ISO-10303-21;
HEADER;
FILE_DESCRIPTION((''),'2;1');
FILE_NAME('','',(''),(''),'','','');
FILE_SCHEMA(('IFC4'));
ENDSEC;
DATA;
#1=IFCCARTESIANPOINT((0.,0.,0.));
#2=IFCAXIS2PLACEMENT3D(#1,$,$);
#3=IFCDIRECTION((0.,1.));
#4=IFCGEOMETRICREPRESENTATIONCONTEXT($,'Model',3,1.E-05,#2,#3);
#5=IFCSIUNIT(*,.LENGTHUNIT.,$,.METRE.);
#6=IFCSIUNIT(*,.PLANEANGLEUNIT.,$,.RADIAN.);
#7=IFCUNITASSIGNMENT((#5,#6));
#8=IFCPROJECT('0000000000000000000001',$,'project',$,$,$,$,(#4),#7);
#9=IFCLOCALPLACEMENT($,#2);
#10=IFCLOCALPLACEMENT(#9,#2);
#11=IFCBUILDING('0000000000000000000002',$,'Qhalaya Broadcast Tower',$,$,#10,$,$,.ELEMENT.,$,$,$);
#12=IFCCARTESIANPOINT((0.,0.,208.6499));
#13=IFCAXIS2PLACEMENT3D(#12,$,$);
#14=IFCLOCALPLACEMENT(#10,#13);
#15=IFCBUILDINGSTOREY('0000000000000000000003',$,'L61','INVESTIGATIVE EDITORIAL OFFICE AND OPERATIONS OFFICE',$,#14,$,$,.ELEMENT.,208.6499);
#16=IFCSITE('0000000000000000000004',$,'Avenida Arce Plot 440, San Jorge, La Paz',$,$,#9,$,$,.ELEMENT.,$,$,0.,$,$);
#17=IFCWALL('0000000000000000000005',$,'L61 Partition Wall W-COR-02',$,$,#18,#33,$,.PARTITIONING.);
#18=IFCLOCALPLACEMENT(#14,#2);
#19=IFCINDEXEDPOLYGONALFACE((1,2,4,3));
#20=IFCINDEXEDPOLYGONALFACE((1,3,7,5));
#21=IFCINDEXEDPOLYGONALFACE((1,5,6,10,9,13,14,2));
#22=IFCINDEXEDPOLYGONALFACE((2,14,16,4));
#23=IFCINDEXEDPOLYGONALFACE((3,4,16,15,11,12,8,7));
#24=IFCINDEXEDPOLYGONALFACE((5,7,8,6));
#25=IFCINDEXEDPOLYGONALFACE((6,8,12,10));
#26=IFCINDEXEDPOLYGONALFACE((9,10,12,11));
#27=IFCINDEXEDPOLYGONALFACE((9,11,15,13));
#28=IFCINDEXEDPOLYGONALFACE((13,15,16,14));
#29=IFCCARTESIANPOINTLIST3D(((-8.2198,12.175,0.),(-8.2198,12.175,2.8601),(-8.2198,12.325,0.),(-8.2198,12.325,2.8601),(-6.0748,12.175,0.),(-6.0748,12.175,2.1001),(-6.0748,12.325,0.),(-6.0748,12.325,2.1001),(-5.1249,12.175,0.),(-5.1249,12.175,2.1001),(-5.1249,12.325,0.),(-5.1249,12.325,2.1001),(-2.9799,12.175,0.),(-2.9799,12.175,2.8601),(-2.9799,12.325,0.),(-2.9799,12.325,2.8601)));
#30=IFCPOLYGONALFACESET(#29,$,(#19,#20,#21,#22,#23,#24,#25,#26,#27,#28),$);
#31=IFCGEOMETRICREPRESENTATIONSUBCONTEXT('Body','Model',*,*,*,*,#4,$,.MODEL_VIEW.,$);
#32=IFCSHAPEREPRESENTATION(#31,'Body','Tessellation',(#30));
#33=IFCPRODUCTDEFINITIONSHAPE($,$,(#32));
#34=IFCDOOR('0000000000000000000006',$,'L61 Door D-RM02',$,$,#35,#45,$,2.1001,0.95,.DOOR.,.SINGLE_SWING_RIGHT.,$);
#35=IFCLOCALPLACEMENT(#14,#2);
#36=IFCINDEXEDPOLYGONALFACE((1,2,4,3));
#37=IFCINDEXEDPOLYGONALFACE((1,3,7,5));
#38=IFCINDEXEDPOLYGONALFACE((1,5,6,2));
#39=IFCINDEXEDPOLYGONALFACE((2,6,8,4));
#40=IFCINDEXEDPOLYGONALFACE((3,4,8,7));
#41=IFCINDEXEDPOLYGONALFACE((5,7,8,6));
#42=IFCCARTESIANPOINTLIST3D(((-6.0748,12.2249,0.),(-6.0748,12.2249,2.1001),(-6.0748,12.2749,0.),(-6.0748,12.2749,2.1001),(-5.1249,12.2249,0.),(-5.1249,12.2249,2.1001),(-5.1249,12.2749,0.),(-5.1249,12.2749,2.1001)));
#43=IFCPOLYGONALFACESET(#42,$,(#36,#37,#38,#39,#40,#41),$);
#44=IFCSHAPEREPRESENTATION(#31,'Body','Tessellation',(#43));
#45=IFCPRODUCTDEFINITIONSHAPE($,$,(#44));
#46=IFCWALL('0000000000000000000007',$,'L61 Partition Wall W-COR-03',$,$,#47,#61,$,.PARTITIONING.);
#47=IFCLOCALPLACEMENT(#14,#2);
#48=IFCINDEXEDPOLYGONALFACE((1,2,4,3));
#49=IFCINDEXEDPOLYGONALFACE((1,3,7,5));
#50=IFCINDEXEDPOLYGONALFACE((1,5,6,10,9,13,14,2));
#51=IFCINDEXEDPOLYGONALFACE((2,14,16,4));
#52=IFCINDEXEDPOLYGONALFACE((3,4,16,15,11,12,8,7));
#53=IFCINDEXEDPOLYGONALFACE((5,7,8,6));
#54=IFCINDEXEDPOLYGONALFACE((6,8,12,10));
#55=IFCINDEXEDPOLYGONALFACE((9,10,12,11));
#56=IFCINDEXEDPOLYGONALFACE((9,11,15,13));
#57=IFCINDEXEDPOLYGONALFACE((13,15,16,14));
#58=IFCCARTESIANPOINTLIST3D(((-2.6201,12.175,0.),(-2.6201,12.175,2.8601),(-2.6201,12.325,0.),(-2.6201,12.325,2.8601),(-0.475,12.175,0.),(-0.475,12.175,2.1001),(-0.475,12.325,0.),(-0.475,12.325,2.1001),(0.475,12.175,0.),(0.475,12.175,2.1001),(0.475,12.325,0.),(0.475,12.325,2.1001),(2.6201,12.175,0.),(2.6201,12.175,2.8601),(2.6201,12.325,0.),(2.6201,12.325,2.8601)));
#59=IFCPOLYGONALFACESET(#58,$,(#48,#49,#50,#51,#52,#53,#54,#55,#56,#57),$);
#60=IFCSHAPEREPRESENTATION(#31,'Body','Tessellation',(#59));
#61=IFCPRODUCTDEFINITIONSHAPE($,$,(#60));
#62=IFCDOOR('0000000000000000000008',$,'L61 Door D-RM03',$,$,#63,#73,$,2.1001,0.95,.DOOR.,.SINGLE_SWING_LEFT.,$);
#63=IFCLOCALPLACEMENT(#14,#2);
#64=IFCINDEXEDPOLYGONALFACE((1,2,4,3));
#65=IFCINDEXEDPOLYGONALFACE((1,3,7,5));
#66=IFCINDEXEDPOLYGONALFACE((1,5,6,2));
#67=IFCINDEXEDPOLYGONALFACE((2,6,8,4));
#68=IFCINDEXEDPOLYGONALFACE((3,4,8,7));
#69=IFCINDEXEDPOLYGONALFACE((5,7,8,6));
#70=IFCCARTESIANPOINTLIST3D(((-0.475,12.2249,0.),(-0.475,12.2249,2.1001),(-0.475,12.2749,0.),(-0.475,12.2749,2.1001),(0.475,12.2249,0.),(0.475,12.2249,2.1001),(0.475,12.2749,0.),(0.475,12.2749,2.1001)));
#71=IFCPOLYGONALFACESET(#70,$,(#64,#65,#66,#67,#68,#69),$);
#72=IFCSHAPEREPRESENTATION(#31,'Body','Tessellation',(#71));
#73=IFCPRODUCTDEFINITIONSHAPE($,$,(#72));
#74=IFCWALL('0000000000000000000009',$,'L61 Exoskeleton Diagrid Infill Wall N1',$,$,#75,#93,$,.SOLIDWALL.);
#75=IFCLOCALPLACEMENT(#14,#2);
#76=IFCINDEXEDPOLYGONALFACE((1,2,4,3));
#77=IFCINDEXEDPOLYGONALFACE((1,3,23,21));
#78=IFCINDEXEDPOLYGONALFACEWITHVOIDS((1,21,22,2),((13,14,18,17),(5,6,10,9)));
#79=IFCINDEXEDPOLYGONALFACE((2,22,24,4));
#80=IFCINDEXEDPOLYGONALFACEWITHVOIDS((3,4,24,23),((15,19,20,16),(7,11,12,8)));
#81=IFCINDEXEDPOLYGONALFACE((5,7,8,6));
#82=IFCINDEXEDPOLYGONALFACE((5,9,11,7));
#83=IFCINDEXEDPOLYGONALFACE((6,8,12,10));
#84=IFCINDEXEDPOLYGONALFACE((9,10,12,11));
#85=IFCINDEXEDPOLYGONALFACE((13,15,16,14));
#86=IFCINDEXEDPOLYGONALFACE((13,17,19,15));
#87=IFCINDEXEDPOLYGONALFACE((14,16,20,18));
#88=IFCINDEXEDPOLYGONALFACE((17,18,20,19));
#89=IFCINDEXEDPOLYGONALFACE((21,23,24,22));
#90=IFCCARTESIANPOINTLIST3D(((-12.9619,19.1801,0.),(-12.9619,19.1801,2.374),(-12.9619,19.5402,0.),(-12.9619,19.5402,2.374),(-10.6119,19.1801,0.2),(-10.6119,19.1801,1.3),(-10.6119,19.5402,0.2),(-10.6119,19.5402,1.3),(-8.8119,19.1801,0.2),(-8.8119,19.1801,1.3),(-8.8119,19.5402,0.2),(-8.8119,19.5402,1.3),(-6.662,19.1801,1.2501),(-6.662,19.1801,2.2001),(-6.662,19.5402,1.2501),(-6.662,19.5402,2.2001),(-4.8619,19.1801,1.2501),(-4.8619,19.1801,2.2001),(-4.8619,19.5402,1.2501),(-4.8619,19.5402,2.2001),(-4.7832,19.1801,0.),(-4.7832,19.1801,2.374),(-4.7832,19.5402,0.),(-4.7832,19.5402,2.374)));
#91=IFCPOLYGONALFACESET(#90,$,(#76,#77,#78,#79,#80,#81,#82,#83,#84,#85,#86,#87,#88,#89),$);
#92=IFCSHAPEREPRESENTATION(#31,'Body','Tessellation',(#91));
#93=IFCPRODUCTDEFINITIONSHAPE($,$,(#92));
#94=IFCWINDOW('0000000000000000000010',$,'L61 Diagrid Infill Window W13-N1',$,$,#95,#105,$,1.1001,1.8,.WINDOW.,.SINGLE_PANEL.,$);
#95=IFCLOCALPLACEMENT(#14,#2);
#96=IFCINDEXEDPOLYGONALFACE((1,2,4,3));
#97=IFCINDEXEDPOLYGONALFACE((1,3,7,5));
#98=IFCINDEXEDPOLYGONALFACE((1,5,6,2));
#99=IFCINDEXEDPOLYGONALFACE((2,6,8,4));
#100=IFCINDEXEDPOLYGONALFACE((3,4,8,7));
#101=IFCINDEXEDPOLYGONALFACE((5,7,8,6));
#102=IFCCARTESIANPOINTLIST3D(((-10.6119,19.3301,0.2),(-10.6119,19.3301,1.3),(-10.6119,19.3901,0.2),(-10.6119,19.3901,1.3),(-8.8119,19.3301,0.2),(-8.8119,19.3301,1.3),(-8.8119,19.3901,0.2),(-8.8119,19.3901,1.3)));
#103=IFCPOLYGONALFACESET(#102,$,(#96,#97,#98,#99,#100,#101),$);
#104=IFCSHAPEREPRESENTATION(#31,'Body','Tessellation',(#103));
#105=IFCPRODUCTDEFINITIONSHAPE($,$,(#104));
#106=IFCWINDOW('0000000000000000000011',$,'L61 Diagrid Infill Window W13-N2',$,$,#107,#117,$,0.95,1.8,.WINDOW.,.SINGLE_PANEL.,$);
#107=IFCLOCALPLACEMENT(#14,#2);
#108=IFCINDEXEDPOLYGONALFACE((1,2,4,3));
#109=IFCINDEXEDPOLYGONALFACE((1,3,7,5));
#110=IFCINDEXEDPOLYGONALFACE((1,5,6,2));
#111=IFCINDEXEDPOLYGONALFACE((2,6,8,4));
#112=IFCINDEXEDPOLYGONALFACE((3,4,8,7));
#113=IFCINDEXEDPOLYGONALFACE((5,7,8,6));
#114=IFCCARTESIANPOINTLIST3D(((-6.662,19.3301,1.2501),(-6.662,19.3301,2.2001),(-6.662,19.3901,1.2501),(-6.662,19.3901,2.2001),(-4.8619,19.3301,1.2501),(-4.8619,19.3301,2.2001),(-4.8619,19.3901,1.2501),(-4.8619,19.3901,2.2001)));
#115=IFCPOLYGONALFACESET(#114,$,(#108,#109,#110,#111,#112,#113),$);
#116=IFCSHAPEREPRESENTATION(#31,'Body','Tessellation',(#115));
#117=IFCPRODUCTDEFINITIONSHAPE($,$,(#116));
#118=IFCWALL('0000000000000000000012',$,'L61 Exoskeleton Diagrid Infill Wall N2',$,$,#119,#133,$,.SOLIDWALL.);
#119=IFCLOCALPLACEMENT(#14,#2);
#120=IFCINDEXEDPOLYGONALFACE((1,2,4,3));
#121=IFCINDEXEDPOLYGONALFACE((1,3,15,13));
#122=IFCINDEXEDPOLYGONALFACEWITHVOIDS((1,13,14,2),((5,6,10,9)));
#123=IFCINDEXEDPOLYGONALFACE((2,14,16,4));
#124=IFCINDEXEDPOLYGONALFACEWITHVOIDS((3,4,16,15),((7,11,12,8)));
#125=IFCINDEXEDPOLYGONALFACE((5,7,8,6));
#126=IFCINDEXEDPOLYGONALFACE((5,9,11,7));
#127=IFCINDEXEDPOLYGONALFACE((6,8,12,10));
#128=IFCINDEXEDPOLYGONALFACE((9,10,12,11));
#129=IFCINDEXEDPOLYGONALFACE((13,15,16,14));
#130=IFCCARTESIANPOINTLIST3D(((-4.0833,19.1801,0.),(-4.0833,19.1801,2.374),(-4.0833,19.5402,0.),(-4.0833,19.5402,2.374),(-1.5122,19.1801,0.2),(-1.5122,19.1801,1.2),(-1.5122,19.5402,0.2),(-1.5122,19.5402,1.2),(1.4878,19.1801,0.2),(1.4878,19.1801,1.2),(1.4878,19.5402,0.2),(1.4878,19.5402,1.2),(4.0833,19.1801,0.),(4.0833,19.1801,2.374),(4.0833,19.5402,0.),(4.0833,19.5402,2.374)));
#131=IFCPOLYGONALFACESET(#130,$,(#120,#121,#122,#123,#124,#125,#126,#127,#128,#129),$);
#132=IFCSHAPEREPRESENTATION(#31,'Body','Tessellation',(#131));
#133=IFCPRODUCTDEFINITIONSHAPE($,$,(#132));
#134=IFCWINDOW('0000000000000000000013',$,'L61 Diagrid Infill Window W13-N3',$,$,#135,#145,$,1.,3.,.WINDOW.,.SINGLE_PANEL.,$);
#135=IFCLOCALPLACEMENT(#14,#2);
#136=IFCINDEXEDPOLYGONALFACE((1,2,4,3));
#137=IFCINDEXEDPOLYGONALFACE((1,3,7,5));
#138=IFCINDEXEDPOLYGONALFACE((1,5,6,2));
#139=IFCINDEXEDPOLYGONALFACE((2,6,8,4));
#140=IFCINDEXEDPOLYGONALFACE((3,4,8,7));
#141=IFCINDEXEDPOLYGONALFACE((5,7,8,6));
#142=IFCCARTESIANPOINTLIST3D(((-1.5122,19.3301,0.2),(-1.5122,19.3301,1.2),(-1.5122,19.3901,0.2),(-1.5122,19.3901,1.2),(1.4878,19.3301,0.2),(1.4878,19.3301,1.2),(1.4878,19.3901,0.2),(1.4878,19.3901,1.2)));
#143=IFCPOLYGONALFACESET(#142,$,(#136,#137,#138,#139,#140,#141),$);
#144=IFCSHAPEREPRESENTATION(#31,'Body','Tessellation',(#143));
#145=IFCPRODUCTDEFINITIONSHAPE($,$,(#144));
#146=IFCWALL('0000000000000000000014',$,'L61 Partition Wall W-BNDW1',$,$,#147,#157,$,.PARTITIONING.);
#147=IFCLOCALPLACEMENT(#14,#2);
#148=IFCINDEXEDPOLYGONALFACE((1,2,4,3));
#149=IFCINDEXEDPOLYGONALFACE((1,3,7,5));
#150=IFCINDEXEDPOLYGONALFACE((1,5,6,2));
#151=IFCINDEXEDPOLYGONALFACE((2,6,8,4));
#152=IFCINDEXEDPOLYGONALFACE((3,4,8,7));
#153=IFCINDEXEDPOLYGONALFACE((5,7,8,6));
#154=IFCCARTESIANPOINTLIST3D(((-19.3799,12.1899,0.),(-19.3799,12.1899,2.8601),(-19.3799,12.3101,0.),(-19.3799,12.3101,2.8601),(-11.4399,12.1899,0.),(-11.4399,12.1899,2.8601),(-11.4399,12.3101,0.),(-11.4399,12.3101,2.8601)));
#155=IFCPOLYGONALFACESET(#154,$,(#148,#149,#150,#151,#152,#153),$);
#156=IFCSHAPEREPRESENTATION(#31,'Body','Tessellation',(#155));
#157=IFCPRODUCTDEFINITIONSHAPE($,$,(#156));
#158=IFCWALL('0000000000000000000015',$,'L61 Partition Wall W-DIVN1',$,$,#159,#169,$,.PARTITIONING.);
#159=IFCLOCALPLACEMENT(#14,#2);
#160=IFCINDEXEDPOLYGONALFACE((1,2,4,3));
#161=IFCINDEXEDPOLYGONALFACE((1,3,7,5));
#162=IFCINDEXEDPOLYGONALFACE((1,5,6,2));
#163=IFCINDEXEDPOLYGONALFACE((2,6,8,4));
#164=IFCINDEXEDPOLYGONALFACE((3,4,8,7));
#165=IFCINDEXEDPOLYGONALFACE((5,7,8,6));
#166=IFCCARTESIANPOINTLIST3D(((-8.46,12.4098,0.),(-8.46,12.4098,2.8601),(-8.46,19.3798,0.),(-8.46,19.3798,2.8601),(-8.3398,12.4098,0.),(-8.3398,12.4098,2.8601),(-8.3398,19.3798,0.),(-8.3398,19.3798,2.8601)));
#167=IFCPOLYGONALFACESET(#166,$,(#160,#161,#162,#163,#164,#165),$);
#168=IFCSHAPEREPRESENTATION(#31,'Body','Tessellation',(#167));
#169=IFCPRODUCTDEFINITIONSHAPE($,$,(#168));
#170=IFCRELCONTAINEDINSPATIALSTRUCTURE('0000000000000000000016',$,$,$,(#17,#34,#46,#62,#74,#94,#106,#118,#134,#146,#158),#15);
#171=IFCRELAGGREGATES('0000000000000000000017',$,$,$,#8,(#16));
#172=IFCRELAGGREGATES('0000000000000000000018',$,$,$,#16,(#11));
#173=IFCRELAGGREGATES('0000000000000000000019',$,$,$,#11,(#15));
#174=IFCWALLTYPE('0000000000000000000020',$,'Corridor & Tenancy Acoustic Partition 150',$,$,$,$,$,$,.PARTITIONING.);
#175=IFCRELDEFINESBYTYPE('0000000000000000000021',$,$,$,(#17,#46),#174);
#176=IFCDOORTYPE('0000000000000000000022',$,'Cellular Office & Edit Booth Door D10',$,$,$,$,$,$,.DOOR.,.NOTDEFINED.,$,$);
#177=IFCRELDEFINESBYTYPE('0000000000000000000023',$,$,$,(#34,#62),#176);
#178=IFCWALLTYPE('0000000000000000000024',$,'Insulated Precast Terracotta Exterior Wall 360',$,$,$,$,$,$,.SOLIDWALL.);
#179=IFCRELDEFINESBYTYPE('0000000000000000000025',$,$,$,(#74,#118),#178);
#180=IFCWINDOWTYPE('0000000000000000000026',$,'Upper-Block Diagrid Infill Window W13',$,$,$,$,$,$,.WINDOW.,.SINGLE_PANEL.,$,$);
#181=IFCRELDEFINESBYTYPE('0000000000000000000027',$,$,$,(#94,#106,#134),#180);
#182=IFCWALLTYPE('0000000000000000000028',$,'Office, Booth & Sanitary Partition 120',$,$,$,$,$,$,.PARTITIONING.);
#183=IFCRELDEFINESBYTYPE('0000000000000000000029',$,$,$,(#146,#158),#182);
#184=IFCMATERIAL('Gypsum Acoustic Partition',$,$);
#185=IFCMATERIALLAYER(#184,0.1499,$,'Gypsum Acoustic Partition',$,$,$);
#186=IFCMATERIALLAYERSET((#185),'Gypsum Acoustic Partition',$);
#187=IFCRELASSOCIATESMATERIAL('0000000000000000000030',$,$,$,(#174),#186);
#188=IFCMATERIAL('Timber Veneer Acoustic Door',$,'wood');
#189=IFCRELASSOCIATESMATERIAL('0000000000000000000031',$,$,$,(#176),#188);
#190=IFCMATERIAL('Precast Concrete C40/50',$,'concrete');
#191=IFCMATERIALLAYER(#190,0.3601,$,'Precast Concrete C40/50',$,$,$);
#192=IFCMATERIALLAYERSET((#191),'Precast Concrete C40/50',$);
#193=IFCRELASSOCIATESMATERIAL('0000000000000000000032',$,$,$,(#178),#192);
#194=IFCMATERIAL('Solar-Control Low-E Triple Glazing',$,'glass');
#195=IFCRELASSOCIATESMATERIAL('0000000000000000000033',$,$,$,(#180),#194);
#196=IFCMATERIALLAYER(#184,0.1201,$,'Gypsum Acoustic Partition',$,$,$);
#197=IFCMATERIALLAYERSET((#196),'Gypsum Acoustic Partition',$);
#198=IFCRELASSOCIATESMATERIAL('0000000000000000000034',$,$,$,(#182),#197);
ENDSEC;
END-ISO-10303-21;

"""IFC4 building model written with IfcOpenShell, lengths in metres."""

from ifc_helpers import new_model, si_unit, direction, frame, frame_2d, origin, place, context, subcontext, project, spatial, rectangle, extrude, material, layer, layer_set, type_object, element, fill, save


model = new_model("IFC4")

# Units and contexts
model_context = context("Model", 3, precision=1e-05, world=origin(), true_north=direction((0.0, 1.0)))
body_context = subcontext(model_context, "Body", "Model", "MODEL_VIEW")
ifc_project = project(units=[si_unit("LENGTHUNIT", "METRE"), si_unit("PLANEANGLEUNIT", "RADIAN")], contexts=[model_context])

# Site, building, storey
site_placement = place(None, origin())
site = spatial("IfcSite", under=ifc_project, at=site_placement, Name="Avenida Arce Plot 440, San Jorge, La Paz", CompositionType="ELEMENT", RefElevation=0.0)
building_placement = place(site_placement, origin())
building = spatial("IfcBuilding", under=site, at=building_placement, Name="Qhalaya Broadcast Tower", CompositionType="ELEMENT")
storey_placement = place(building_placement, frame((0.0, 0.0, 208.6499)))
storey = spatial("IfcBuildingStorey", under=building, at=storey_placement, Name="L61", Description="INVESTIGATIVE EDITORIAL OFFICE AND OPERATIONS OFFICE", CompositionType="ELEMENT", Elevation=208.6499)

# Walls, openings, doors
ifc_material_1 = material(Name="Gypsum Acoustic Partition")
ifc_layer_1 = layer(ifc_material_1, 0.1499, Name="Gypsum Acoustic Partition")
ifc_layer_set_1 = layer_set([ifc_layer_1], Name="Gypsum Acoustic Partition")
wall_type_1 = type_object("IfcWallType", Name="Corridor & Tenancy Acoustic Partition 150", PredefinedType="PARTITIONING", material=ifc_layer_set_1)
ifc_material_2 = material(Name="Timber Veneer Acoustic Door", Category="wood")
door_type = type_object("IfcDoorType", Name="Cellular Office & Edit Booth Door D10", OperationType="NOTDEFINED", PredefinedType="DOOR", material=ifc_material_2)
wall_1_placement = place(storey_placement, frame((-8.22, 12.25, 0.0), z_axis=(0.0, 0.0, 1.0), x_axis=(1.0, 0.0, 0.0)))
wall_1 = element("IfcWall", 1, at=wall_1_placement, inside=storey, type_object=wall_type_1, Name="L61 Partition Wall W-COR-02", PredefinedType="PARTITIONING", context=body_context, shape_type="SweptSolid", body=[
    extrude(rectangle(XDim=5.24, YDim=0.1499, at=frame_2d((2.6201, 0.0))), origin(), (0.0, 0.0, 1.0), 2.8601),
])
opening_1_placement = place(wall_1_placement, frame((2.145, 0.0, 0.0)))
opening_1 = element("IfcOpeningElement", 2, at=opening_1_placement, cuts=wall_1, PredefinedType="OPENING", context=body_context, shape_type="SweptSolid", body=[
    extrude(rectangle(XDim=0.95, YDim=2.1001, at=frame_2d((0.4751, 1.05))), frame((0.0, 0.0869, 0.0), z_axis=(0.0, -1.0, 0.0), x_axis=(1.0, 0.0, 0.0)), (0.0, 0.0, 1.0), 0.1738),
])
door_1_placement = place(opening_1_placement, origin())
door_1 = element("IfcDoor", 3, at=door_1_placement, inside=storey, type_object=door_type, Name="L61 Door D-RM02", OperationType="SINGLE_SWING_RIGHT", OverallHeight=2.1001, OverallWidth=0.95, PredefinedType="DOOR", context=body_context, shape_type="SweptSolid", body=[
    extrude(rectangle(XDim=0.95, YDim=2.1001, at=frame_2d((0.4751, 1.05))), frame((0.0, 0.0249, 0.0), z_axis=(0.0, -1.0, 0.0), x_axis=(1.0, 0.0, 0.0)), (0.0, 0.0, 1.0), 0.05),
])
fill(opening_1, door_1)
wall_2_placement = place(storey_placement, frame((-2.6201, 12.25, 0.0), z_axis=(0.0, 0.0, 1.0), x_axis=(1.0, 0.0, 0.0)))
wall_2 = element("IfcWall", 4, at=wall_2_placement, inside=storey, type_object=wall_type_1, Name="L61 Partition Wall W-COR-03", PredefinedType="PARTITIONING", context=body_context, shape_type="SweptSolid", body=[
    extrude(rectangle(XDim=5.2402, YDim=0.1499, at=frame_2d((2.6201, 0.0))), origin(), (0.0, 0.0, 1.0), 2.8601),
])
opening_2_placement = place(wall_2_placement, frame((2.145, 0.0, 0.0)))
opening_2 = element("IfcOpeningElement", 5, at=opening_2_placement, cuts=wall_2, PredefinedType="OPENING", context=body_context, shape_type="SweptSolid", body=[
    extrude(rectangle(XDim=0.95, YDim=2.1001, at=frame_2d((0.4751, 1.05))), frame((0.0, 0.0869, 0.0), z_axis=(0.0, -1.0, 0.0), x_axis=(1.0, 0.0, 0.0)), (0.0, 0.0, 1.0), 0.1738),
])
door_2_placement = place(opening_2_placement, origin())
door_2 = element("IfcDoor", 6, at=door_2_placement, inside=storey, type_object=door_type, Name="L61 Door D-RM03", OperationType="SINGLE_SWING_LEFT", OverallHeight=2.1001, OverallWidth=0.95, PredefinedType="DOOR", context=body_context, shape_type="SweptSolid", body=[
    extrude(rectangle(XDim=0.95, YDim=2.1001, at=frame_2d((0.4751, 1.05))), frame((0.0, 0.0249, 0.0), z_axis=(0.0, -1.0, 0.0), x_axis=(1.0, 0.0, 0.0)), (0.0, 0.0, 1.0), 0.05),
])
fill(opening_2, door_2)

# Wall, openings, windows
ifc_material_3 = material(Name="Precast Concrete C40/50", Category="concrete")
ifc_layer_2 = layer(ifc_material_3, 0.3601, Name="Precast Concrete C40/50")
ifc_layer_set_2 = layer_set([ifc_layer_2], Name="Precast Concrete C40/50")
wall_type_2 = type_object("IfcWallType", Name="Insulated Precast Terracotta Exterior Wall 360", PredefinedType="SOLIDWALL", material=ifc_layer_set_2)
wall_3_placement = place(storey_placement, frame((-12.9619, 19.3601, 0.0), z_axis=(0.0, 0.0, 1.0), x_axis=(1.0, 0.0, 0.0)))
wall_3 = element("IfcWall", 7, at=wall_3_placement, inside=storey, type_object=wall_type_2, Name="L61 Exoskeleton Diagrid Infill Wall N1", PredefinedType="SOLIDWALL", context=body_context, shape_type="SweptSolid", body=[
    extrude(rectangle(XDim=8.1787, YDim=0.3601, at=frame_2d((4.0894, 0.0))), origin(), (0.0, 0.0, 1.0), 2.374),
])
opening_3_placement = place(wall_3_placement, frame((2.3501, 0.0, 0.2)))
opening_3 = element("IfcOpeningElement", 8, at=opening_3_placement, cuts=wall_3, PredefinedType="OPENING", context=body_context, shape_type="SweptSolid", body=[
    extrude(rectangle(XDim=1.8, YDim=1.1001, at=frame_2d((0.8999, 0.55))), frame((0.0, 0.1921, 0.0), z_axis=(0.0, -1.0, 0.0), x_axis=(1.0, 0.0, 0.0)), (0.0, 0.0, 1.0), 0.384),
])
opening_4_placement = place(wall_3_placement, frame((6.3, 0.0, 1.25)))
opening_4 = element("IfcOpeningElement", 9, at=opening_4_placement, cuts=wall_3, PredefinedType="OPENING", context=body_context, shape_type="SweptSolid", body=[
    extrude(rectangle(XDim=1.8, YDim=0.95, at=frame_2d((0.8999, 0.4751))), frame((0.0, 0.1921, 0.0), z_axis=(0.0, -1.0, 0.0), x_axis=(1.0, 0.0, 0.0)), (0.0, 0.0, 1.0), 0.384),
])
ifc_material_4 = material(Name="Solar-Control Low-E Triple Glazing", Category="glass")
window_type = type_object("IfcWindowType", Name="Upper-Block Diagrid Infill Window W13", PartitioningType="SINGLE_PANEL", PredefinedType="WINDOW", material=ifc_material_4)
window_1_placement = place(opening_3_placement, origin())
window_1 = element("IfcWindow", 10, at=window_1_placement, inside=storey, type_object=window_type, Name="L61 Diagrid Infill Window W13-N1", OverallHeight=1.1001, OverallWidth=1.8, PartitioningType="SINGLE_PANEL", PredefinedType="WINDOW", context=body_context, shape_type="SweptSolid", body=[
    extrude(rectangle(XDim=1.8, YDim=1.1001, at=frame_2d((0.8999, 0.55))), frame((0.0, 0.03, 0.0), z_axis=(0.0, -1.0, 0.0), x_axis=(1.0, 0.0, 0.0)), (0.0, 0.0, 1.0), 0.0601),
])
fill(opening_3, window_1)
window_2_placement = place(opening_4_placement, origin())
window_2 = element("IfcWindow", 11, at=window_2_placement, inside=storey, type_object=window_type, Name="L61 Diagrid Infill Window W13-N2", OverallHeight=0.95, OverallWidth=1.8, PartitioningType="SINGLE_PANEL", PredefinedType="WINDOW", context=body_context, shape_type="SweptSolid", body=[
    extrude(rectangle(XDim=1.8, YDim=0.95, at=frame_2d((0.8999, 0.4751))), frame((0.0, 0.03, 0.0), z_axis=(0.0, -1.0, 0.0), x_axis=(1.0, 0.0, 0.0)), (0.0, 0.0, 1.0), 0.0601),
])
fill(opening_4, window_2)

# Wall, opening, window
wall_4_placement = place(storey_placement, frame((-4.0833, 19.3601, 0.0), z_axis=(0.0, 0.0, 1.0), x_axis=(1.0, 0.0, 0.0)))
wall_4 = element("IfcWall", 12, at=wall_4_placement, inside=storey, type_object=wall_type_2, Name="L61 Exoskeleton Diagrid Infill Wall N2", PredefinedType="SOLIDWALL", context=body_context, shape_type="SweptSolid", body=[
    extrude(rectangle(XDim=8.1665, YDim=0.3601, at=frame_2d((4.0833, 0.0))), origin(), (0.0, 0.0, 1.0), 2.374),
])
opening_5_placement = place(wall_4_placement, frame((2.571, 0.0, 0.2)))
opening_5 = element("IfcOpeningElement", 13, at=opening_5_placement, cuts=wall_4, PredefinedType="OPENING", context=body_context, shape_type="SweptSolid", body=[
    extrude(rectangle(XDim=3.0, YDim=1.0, at=frame_2d((1.5, 0.5))), frame((0.0, 0.1921, 0.0), z_axis=(0.0, -1.0, 0.0), x_axis=(1.0, 0.0, 0.0)), (0.0, 0.0, 1.0), 0.384),
])
window_3_placement = place(opening_5_placement, origin())
window_3 = element("IfcWindow", 14, at=window_3_placement, inside=storey, type_object=window_type, Name="L61 Diagrid Infill Window W13-N3", OverallHeight=1.0, OverallWidth=3.0, PartitioningType="SINGLE_PANEL", PredefinedType="WINDOW", context=body_context, shape_type="SweptSolid", body=[
    extrude(rectangle(XDim=3.0, YDim=1.0, at=frame_2d((1.5, 0.5))), frame((0.0, 0.03, 0.0), z_axis=(0.0, -1.0, 0.0), x_axis=(1.0, 0.0, 0.0)), (0.0, 0.0, 1.0), 0.0601),
])
fill(opening_5, window_3)

# Walls
ifc_layer_3 = layer(ifc_material_1, 0.1201, Name="Gypsum Acoustic Partition")
ifc_layer_set_3 = layer_set([ifc_layer_3], Name="Gypsum Acoustic Partition")
wall_type_3 = type_object("IfcWallType", Name="Office, Booth & Sanitary Partition 120", PredefinedType="PARTITIONING", material=ifc_layer_set_3)
wall_5_placement = place(storey_placement, frame((-19.3799, 12.25, 0.0), z_axis=(0.0, 0.0, 1.0), x_axis=(1.0, 0.0, 0.0)))
element("IfcWall", 15, at=wall_5_placement, inside=storey, type_object=wall_type_3, Name="L61 Partition Wall W-BNDW1", PredefinedType="PARTITIONING", context=body_context, shape_type="SweptSolid", body=[
    extrude(rectangle(XDim=7.9399, YDim=0.1201, at=frame_2d((3.97, 0.0))), origin(), (0.0, 0.0, 1.0), 2.8601),
])
wall_6_placement = place(storey_placement, frame((-8.3999, 12.4099, 0.0), z_axis=(0.0, 0.0, 1.0), x_axis=(0.0, 1.0, 0.0)))
element("IfcWall", 16, at=wall_6_placement, inside=storey, type_object=wall_type_3, Name="L61 Partition Wall W-DIVN1", PredefinedType="PARTITIONING", context=body_context, shape_type="SweptSolid", body=[
    extrude(rectangle(XDim=6.97, YDim=0.1201, at=frame_2d((3.4849, 0.0))), origin(), (0.0, 0.0, 1.0), 2.8601),
])

save(model, "model.ifc")
